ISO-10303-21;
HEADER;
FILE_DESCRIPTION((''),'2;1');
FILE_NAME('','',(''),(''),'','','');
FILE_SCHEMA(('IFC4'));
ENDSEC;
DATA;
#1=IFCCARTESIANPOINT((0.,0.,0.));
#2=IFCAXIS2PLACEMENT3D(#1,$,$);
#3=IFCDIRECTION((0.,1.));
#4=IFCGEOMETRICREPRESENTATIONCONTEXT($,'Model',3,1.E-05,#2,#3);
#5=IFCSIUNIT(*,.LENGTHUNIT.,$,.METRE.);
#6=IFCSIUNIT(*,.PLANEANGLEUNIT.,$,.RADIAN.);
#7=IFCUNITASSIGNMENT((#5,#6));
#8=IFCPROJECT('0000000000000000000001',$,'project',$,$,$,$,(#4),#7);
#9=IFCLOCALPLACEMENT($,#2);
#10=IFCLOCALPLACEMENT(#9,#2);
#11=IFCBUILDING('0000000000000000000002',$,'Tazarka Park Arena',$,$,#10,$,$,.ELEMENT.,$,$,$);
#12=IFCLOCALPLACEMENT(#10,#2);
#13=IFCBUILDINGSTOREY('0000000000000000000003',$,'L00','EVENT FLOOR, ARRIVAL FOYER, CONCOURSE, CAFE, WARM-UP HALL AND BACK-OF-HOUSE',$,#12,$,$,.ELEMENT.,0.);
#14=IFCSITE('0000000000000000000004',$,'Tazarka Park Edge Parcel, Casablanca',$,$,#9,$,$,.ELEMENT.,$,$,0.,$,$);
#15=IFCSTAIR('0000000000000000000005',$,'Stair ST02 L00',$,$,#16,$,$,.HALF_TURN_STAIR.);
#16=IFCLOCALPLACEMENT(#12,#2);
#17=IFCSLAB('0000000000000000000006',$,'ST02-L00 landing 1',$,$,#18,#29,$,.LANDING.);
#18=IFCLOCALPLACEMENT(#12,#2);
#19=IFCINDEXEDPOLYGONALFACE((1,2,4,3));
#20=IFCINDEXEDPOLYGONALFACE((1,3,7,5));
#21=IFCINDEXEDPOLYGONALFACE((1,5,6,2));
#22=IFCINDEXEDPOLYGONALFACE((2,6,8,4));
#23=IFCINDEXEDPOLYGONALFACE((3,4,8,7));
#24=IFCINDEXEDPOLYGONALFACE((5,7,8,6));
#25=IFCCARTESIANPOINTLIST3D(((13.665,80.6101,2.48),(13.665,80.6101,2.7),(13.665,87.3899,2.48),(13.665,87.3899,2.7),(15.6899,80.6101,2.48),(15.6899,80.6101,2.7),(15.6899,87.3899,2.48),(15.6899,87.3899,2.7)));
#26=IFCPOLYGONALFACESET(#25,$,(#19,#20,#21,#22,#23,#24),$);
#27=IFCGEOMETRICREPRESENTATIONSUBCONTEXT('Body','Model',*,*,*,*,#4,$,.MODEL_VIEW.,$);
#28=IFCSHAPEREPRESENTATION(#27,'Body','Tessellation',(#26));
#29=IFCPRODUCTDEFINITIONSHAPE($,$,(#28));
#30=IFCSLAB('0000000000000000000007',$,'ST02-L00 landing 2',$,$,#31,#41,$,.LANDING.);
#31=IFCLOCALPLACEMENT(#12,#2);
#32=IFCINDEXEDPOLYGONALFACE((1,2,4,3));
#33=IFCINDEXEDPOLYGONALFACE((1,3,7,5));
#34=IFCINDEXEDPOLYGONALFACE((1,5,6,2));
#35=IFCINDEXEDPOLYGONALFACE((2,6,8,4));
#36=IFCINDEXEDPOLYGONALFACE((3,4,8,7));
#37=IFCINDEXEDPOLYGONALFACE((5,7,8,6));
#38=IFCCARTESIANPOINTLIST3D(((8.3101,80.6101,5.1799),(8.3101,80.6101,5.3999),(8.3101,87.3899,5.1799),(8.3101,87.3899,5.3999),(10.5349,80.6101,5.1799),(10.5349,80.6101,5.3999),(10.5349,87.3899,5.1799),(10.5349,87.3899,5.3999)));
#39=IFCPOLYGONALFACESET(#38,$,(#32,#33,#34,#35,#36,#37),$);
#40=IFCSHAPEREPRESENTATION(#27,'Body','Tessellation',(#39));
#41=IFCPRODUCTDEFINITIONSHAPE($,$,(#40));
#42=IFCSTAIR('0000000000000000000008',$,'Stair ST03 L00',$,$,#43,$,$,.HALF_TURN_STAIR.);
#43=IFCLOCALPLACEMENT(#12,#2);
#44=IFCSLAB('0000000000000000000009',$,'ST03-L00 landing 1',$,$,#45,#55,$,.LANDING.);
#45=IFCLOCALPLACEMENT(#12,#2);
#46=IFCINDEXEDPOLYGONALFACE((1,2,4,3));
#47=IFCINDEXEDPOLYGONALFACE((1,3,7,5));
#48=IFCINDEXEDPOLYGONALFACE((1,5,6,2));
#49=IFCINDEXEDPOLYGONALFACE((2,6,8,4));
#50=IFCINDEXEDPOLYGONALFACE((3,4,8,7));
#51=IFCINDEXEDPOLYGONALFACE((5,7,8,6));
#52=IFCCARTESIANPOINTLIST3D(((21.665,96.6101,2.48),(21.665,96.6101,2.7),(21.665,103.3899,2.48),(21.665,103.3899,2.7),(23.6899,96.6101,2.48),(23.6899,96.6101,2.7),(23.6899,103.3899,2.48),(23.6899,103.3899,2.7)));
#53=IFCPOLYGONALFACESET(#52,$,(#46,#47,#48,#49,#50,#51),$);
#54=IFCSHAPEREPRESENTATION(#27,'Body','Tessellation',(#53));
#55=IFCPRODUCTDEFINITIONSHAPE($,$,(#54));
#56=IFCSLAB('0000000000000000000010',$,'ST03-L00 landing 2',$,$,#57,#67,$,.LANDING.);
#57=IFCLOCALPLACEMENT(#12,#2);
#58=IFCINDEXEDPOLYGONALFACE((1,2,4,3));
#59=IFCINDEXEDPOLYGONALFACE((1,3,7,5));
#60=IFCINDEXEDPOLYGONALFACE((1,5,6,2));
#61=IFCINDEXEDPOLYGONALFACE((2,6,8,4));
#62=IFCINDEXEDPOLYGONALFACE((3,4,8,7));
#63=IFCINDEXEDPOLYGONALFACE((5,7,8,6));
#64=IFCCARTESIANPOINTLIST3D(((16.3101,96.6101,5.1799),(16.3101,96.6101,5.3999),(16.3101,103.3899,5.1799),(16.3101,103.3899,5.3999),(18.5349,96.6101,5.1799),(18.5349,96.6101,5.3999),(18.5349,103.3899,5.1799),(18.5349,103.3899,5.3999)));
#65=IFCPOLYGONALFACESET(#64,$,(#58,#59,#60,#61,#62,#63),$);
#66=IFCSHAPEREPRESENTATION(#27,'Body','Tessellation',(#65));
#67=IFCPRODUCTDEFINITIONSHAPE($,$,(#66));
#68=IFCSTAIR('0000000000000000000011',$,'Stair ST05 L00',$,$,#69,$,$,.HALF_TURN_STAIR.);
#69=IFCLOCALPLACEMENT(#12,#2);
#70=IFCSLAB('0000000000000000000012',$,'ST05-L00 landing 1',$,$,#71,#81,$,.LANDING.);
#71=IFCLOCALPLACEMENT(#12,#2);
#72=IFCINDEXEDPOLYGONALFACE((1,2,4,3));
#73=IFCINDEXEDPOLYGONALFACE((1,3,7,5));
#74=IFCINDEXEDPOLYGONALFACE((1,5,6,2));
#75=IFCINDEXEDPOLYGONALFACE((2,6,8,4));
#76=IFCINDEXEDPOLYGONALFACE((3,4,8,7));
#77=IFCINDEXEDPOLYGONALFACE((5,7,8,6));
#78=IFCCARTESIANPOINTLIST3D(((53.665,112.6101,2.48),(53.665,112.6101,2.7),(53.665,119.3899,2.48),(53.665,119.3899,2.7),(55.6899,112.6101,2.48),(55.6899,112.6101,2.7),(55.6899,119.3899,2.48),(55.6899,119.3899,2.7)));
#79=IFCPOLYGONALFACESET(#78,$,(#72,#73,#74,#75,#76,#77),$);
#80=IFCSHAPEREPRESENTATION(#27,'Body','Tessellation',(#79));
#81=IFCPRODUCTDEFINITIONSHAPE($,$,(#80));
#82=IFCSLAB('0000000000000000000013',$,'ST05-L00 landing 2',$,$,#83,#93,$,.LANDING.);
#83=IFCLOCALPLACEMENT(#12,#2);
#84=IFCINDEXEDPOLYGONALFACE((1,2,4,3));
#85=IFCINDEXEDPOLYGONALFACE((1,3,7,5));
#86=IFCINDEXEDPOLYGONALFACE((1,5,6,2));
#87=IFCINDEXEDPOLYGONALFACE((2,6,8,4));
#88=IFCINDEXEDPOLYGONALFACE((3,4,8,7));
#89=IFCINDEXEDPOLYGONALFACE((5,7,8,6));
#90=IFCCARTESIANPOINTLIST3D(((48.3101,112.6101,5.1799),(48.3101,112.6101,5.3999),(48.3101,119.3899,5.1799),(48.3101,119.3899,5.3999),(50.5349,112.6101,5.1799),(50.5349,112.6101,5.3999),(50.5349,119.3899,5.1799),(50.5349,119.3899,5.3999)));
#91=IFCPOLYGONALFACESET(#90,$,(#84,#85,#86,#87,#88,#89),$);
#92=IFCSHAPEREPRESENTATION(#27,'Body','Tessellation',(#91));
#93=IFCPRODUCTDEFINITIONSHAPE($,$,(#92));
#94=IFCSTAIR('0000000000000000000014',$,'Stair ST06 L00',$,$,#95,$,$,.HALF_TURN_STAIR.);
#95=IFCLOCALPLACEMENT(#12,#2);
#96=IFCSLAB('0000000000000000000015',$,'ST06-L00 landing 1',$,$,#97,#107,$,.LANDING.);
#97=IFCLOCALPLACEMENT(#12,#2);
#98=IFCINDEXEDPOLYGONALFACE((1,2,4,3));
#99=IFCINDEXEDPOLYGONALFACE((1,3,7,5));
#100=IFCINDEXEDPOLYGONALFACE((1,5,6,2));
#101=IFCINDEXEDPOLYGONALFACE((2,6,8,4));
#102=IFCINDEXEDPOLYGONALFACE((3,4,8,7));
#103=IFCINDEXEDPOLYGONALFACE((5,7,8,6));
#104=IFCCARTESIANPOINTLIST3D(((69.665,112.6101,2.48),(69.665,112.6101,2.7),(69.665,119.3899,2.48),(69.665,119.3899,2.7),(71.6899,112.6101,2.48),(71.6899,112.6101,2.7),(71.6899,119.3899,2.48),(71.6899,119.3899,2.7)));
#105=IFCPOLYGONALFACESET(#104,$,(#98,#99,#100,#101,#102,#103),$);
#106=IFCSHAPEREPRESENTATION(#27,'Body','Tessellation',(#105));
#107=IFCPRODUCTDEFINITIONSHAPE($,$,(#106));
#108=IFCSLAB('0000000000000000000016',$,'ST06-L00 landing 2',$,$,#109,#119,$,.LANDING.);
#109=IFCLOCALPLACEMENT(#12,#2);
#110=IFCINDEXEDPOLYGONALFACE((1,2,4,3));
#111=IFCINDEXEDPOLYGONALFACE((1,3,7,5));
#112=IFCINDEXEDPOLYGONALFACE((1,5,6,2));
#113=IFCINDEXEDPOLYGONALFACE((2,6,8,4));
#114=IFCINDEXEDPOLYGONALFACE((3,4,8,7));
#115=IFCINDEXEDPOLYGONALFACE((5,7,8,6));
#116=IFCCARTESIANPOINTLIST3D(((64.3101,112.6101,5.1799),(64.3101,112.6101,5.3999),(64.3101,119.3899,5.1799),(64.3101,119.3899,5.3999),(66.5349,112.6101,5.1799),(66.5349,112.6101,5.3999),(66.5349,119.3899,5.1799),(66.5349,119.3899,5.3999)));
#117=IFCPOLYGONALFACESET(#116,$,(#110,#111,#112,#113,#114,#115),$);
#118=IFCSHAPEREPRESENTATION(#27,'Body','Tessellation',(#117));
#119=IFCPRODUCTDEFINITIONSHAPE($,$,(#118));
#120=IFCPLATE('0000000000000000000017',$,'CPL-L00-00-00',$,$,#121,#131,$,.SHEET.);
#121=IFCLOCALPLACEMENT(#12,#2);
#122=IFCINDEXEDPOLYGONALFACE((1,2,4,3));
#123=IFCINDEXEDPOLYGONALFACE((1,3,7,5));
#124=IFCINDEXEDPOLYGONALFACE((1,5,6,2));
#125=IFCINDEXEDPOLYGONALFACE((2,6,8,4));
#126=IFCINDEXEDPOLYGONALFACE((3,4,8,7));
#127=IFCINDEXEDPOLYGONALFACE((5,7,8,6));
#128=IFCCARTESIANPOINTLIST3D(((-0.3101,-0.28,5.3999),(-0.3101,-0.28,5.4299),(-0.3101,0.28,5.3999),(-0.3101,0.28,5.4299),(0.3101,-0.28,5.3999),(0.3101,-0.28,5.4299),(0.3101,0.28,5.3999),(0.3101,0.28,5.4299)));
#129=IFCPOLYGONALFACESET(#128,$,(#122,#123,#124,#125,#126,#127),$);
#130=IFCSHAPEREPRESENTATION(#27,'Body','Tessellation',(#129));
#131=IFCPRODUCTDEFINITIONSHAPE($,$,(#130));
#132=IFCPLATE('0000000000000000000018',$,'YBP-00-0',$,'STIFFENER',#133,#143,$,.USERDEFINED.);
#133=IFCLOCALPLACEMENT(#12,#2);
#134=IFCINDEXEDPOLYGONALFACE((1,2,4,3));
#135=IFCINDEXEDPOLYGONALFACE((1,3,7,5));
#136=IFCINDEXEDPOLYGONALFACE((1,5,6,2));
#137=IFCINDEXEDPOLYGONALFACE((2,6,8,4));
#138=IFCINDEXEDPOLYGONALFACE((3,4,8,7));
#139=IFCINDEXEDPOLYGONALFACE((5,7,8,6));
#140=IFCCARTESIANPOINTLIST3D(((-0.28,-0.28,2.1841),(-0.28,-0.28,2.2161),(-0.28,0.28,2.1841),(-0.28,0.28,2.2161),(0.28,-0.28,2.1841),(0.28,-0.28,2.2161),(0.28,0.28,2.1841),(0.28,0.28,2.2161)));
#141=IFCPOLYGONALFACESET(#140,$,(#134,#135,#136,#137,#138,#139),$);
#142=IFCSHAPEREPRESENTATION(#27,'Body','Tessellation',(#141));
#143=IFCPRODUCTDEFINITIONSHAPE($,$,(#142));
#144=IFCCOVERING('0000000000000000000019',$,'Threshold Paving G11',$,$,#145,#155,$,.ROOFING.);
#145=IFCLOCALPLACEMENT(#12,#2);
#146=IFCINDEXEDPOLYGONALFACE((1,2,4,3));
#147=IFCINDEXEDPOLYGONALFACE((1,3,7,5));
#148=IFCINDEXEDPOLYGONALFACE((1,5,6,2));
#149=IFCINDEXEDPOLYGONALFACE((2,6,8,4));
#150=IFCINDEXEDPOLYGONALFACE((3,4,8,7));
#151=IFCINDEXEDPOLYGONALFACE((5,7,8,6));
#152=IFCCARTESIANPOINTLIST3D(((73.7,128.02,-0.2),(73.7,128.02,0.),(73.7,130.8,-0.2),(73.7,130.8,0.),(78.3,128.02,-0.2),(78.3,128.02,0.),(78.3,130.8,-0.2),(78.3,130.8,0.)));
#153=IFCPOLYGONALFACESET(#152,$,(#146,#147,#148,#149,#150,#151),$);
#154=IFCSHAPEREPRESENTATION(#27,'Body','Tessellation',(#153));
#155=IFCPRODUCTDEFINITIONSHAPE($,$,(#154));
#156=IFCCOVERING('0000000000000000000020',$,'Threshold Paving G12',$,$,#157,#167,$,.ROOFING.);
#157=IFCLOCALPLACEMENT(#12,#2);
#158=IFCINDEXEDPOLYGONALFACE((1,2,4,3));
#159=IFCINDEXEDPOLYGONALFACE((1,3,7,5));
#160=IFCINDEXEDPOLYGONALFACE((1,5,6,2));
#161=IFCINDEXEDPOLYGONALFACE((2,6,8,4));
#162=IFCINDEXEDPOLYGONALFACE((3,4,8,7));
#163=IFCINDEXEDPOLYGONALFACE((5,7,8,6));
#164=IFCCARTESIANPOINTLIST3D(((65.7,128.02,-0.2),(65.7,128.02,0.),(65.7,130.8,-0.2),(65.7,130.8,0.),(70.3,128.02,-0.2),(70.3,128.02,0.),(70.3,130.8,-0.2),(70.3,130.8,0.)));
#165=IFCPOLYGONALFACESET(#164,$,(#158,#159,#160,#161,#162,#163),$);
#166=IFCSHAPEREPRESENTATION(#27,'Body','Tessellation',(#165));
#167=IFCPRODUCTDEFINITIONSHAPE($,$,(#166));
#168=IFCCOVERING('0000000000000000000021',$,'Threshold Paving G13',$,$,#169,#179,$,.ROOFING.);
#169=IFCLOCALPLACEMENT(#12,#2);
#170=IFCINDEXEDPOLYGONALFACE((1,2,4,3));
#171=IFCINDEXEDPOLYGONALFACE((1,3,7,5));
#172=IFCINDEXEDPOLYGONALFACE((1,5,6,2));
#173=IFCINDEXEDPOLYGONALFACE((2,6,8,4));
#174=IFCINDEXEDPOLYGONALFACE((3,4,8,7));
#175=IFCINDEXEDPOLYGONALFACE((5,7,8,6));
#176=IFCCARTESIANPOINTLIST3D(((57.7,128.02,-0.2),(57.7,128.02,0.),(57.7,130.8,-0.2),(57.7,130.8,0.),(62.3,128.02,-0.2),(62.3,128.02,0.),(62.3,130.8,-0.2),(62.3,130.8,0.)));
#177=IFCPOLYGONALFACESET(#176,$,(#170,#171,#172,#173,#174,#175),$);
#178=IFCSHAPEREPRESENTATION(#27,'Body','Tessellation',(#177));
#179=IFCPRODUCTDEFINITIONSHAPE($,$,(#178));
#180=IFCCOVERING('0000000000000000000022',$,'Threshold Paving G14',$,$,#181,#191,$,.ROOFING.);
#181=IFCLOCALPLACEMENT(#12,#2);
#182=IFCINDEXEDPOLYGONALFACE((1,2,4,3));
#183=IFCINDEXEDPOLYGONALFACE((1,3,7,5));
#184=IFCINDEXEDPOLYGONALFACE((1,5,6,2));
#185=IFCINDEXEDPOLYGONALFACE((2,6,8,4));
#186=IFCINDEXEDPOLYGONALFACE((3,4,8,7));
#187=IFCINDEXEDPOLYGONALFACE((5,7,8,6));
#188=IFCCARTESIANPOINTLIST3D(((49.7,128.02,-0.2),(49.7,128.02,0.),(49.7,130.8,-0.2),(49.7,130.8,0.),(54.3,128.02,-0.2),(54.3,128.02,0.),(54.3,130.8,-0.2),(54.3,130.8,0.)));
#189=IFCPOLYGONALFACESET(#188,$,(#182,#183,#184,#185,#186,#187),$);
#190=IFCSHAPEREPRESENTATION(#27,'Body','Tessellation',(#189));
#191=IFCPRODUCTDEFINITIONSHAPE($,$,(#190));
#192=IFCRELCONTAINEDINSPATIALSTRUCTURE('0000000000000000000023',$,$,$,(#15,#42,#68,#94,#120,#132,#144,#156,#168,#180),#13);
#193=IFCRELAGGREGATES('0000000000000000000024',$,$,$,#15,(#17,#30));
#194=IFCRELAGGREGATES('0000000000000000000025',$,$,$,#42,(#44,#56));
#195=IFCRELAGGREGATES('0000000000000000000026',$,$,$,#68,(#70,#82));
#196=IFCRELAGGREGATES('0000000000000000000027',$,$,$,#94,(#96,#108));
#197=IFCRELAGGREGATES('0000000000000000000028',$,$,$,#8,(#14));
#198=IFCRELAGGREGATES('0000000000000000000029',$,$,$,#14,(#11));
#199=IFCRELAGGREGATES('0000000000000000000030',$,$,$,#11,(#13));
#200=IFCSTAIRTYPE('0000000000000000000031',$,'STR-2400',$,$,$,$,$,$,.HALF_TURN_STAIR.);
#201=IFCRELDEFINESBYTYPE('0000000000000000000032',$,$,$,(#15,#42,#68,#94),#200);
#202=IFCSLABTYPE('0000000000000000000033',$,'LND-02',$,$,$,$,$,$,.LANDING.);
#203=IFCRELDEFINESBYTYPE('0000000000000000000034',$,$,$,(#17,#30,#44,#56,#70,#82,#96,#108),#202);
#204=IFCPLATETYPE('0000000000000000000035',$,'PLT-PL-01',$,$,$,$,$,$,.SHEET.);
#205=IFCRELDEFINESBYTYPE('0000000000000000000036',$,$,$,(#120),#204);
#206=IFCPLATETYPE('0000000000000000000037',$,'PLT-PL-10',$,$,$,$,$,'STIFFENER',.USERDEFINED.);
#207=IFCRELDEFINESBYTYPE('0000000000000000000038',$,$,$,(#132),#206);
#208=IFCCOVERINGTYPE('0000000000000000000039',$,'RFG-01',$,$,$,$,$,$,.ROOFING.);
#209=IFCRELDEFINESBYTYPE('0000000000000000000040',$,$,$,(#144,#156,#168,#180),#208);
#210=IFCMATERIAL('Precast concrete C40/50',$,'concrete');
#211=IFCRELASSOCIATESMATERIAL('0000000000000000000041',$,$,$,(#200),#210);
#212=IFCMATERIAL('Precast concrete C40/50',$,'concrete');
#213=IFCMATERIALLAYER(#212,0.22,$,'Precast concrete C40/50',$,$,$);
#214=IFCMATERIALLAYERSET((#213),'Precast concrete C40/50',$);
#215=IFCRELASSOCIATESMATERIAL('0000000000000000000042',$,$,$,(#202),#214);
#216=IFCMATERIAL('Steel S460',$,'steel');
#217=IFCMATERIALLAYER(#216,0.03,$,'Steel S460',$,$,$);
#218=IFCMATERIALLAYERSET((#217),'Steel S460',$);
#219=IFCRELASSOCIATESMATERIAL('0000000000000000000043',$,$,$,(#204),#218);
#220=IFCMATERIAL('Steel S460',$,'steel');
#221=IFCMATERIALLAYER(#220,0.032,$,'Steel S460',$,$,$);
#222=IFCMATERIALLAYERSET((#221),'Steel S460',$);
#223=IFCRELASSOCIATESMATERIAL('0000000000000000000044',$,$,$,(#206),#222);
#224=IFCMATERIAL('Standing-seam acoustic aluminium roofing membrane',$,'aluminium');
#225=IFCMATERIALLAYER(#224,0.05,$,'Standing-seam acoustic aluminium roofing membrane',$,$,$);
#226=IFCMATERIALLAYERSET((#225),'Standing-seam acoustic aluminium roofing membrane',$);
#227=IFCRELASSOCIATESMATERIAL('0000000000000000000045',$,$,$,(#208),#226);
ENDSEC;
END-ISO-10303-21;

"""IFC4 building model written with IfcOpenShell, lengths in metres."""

from ifc_helpers import new_model, si_unit, direction, frame, origin, origin_2d, place, context, subcontext, project, spatial, polyline, rectangle, outline, extrude, material, layer, layer_set, type_object, element, aggregate, save


model = new_model("IFC4")

# Units and contexts
model_context = context("Model", 3, precision=1e-05, world=origin(), true_north=direction((0.0, 1.0)))
body_context = subcontext(model_context, "Body", "Model", "MODEL_VIEW")
ifc_project = project(units=[si_unit("LENGTHUNIT", "METRE"), si_unit("PLANEANGLEUNIT", "RADIAN")], contexts=[model_context])

# Site, building, storey
site_placement = place(None, origin())
site = spatial("IfcSite", under=ifc_project, at=site_placement, Name="Tazarka Park Edge Parcel, Casablanca", CompositionType="ELEMENT", RefElevation=0.0)
building_placement = place(site_placement, origin())
building = spatial("IfcBuilding", under=site, at=building_placement, Name="Tazarka Park Arena", CompositionType="ELEMENT")
storey_placement = place(building_placement, origin())
storey = spatial("IfcBuildingStorey", under=building, at=storey_placement, Name="L00", Description="EVENT FLOOR, ARRIVAL FOYER, CONCOURSE, CAFE, WARM-UP HALL AND BACK-OF-HOUSE", CompositionType="ELEMENT", Elevation=0.0)

# Stairs, slabs
ifc_material_1 = material(Name="Precast concrete C40/50", Category="concrete")
stair_type = type_object("IfcStairType", Name="STR-2400", PredefinedType="HALF_TURN_STAIR", material=ifc_material_1)
ifc_material_2 = material(Name="Precast concrete C40/50", Category="concrete")
ifc_layer_1 = layer(ifc_material_2, 0.22, Name="Precast concrete C40/50")
ifc_layer_set_1 = layer_set([ifc_layer_1], Name="Precast concrete C40/50")
slab_type = type_object("IfcSlabType", Name="LND-02", PredefinedType="LANDING", material=ifc_layer_set_1)
stair_1_placement = place(storey_placement, origin())
stair_1 = element("IfcStair", 1, at=stair_1_placement, inside=storey, type_object=stair_type, Name="Stair ST02 L00", PredefinedType="HALF_TURN_STAIR")
slab_1_placement = place(storey_placement, frame((0.0, 0.0, 2.48)))
slab_1 = element("IfcSlab", 2, at=slab_1_placement, type_object=slab_type, Name="ST02-L00 landing 1", PredefinedType="LANDING", context=body_context, shape_type="SweptSolid", body=[
    extrude(outline(polyline([(13.665, 80.6101), (15.6899, 80.6101), (15.6899, 87.3899), (13.665, 87.3899), (13.665, 80.6101)])), origin(), (0.0, 0.0, 1.0), 0.22),
])
slab_2_placement = place(storey_placement, frame((0.0, 0.0, 5.1799)))
slab_2 = element("IfcSlab", 3, at=slab_2_placement, type_object=slab_type, Name="ST02-L00 landing 2", PredefinedType="LANDING", context=body_context, shape_type="SweptSolid", body=[
    extrude(outline(polyline([(8.3101, 80.6101), (10.5349, 80.6101), (10.5349, 87.3899), (8.3101, 87.3899), (8.3101, 80.6101)])), origin(), (0.0, 0.0, 1.0), 0.22),
])
aggregate(stair_1, [slab_1, slab_2])
stair_2_placement = place(storey_placement, origin())
stair_2 = element("IfcStair", 4, at=stair_2_placement, inside=storey, type_object=stair_type, Name="Stair ST03 L00", PredefinedType="HALF_TURN_STAIR")
slab_3_placement = place(storey_placement, frame((0.0, 0.0, 2.48)))
slab_3 = element("IfcSlab", 5, at=slab_3_placement, type_object=slab_type, Name="ST03-L00 landing 1", PredefinedType="LANDING", context=body_context, shape_type="SweptSolid", body=[
    extrude(outline(polyline([(21.665, 96.6101), (23.6899, 96.6101), (23.6899, 103.3899), (21.665, 103.3899), (21.665, 96.6101)])), origin(), (0.0, 0.0, 1.0), 0.22),
])
slab_4_placement = place(storey_placement, frame((0.0, 0.0, 5.1799)))
slab_4 = element("IfcSlab", 6, at=slab_4_placement, type_object=slab_type, Name="ST03-L00 landing 2", PredefinedType="LANDING", context=body_context, shape_type="SweptSolid", body=[
    extrude(outline(polyline([(16.3101, 96.6101), (18.5349, 96.6101), (18.5349, 103.3899), (16.3101, 103.3899), (16.3101, 96.6101)])), origin(), (0.0, 0.0, 1.0), 0.22),
])
aggregate(stair_2, [slab_3, slab_4])
stair_3_placement = place(storey_placement, origin())
stair_3 = element("IfcStair", 7, at=stair_3_placement, inside=storey, type_object=stair_type, Name="Stair ST05 L00", PredefinedType="HALF_TURN_STAIR")
slab_5_placement = place(storey_placement, frame((0.0, 0.0, 2.48)))
slab_5 = element("IfcSlab", 8, at=slab_5_placement, type_object=slab_type, Name="ST05-L00 landing 1", PredefinedType="LANDING", context=body_context, shape_type="SweptSolid", body=[
    extrude(outline(polyline([(53.665, 112.6101), (55.6899, 112.6101), (55.6899, 119.3899), (53.665, 119.3899), (53.665, 112.6101)])), origin(), (0.0, 0.0, 1.0), 0.22),
])
slab_6_placement = place(storey_placement, frame((0.0, 0.0, 5.1799)))
slab_6 = element("IfcSlab", 9, at=slab_6_placement, type_object=slab_type, Name="ST05-L00 landing 2", PredefinedType="LANDING", context=body_context, shape_type="SweptSolid", body=[
    extrude(outline(polyline([(48.3101, 112.6101), (50.5349, 112.6101), (50.5349, 119.3899), (48.3101, 119.3899), (48.3101, 112.6101)])), origin(), (0.0, 0.0, 1.0), 0.22),
])
aggregate(stair_3, [slab_5, slab_6])
stair_4_placement = place(storey_placement, origin())
stair_4 = element("IfcStair", 10, at=stair_4_placement, inside=storey, type_object=stair_type, Name="Stair ST06 L00", PredefinedType="HALF_TURN_STAIR")
slab_7_placement = place(storey_placement, frame((0.0, 0.0, 2.48)))
slab_7 = element("IfcSlab", 11, at=slab_7_placement, type_object=slab_type, Name="ST06-L00 landing 1", PredefinedType="LANDING", context=body_context, shape_type="SweptSolid", body=[
    extrude(outline(polyline([(69.665, 112.6101), (71.6899, 112.6101), (71.6899, 119.3899), (69.665, 119.3899), (69.665, 112.6101)])), origin(), (0.0, 0.0, 1.0), 0.22),
])
slab_8_placement = place(storey_placement, frame((0.0, 0.0, 5.1799)))
slab_8 = element("IfcSlab", 12, at=slab_8_placement, type_object=slab_type, Name="ST06-L00 landing 2", PredefinedType="LANDING", context=body_context, shape_type="SweptSolid", body=[
    extrude(outline(polyline([(64.3101, 112.6101), (66.5349, 112.6101), (66.5349, 119.3899), (64.3101, 119.3899), (64.3101, 112.6101)])), origin(), (0.0, 0.0, 1.0), 0.22),
])
aggregate(stair_4, [slab_7, slab_8])

# Plates
ifc_material_3 = material(Name="Steel S460", Category="steel")
ifc_layer_2 = layer(ifc_material_3, 0.03, Name="Steel S460")
ifc_layer_set_2 = layer_set([ifc_layer_2], Name="Steel S460")
plate_type_1 = type_object("IfcPlateType", Name="PLT-PL-01", PredefinedType="SHEET", material=ifc_layer_set_2)
plate_1_placement = place(storey_placement, frame((0.0, 0.0, 5.3999), z_axis=(0.0, 0.0, 1.0), x_axis=(1.0, 0.0, 0.0)))
element("IfcPlate", 13, at=plate_1_placement, inside=storey, type_object=plate_type_1, Name="CPL-L00-00-00", PredefinedType="SHEET", context=body_context, shape_type="SweptSolid", body=[
    extrude(rectangle(XDim=0.6201, YDim=0.5601, at=origin_2d()), origin(), (0.0, 0.0, 1.0), 0.03),
])
ifc_material_4 = material(Name="Steel S460", Category="steel")
ifc_layer_3 = layer(ifc_material_4, 0.032, Name="Steel S460")
ifc_layer_set_3 = layer_set([ifc_layer_3], Name="Steel S460")
plate_type_2 = type_object("IfcPlateType", Name="PLT-PL-10", ElementType="STIFFENER", PredefinedType="USERDEFINED", material=ifc_layer_set_3)
plate_2_placement = place(storey_placement, frame((0.0, 0.0, 2.1841), z_axis=(0.0, 0.0, 1.0), x_axis=(1.0, 0.0, 0.0)))
element("IfcPlate", 14, at=plate_2_placement, inside=storey, type_object=plate_type_2, Name="YBP-00-0", ObjectType="STIFFENER", PredefinedType="USERDEFINED", context=body_context, shape_type="SweptSolid", body=[
    extrude(rectangle(XDim=0.5601, YDim=0.5601, at=origin_2d()), origin(), (0.0, 0.0, 1.0), 0.032),
])

# Coverings
ifc_material_5 = material(Name="Standing-seam acoustic aluminium roofing membrane", Category="aluminium")
ifc_layer_4 = layer(ifc_material_5, 0.05, Name="Standing-seam acoustic aluminium roofing membrane")
ifc_layer_set_4 = layer_set([ifc_layer_4], Name="Standing-seam acoustic aluminium roofing membrane")
covering_type = type_object("IfcCoveringType", Name="RFG-01", PredefinedType="ROOFING", material=ifc_layer_set_4)
covering_1_placement = place(storey_placement, frame((0.0, 0.0, -0.2)))
element("IfcCovering", 15, at=covering_1_placement, inside=storey, type_object=covering_type, Name="Threshold Paving G11", PredefinedType="ROOFING", context=body_context, shape_type="SweptSolid", body=[
    extrude(outline(polyline([(73.7, 130.8), (78.3, 130.8), (78.3, 128.02), (73.7, 128.02), (73.7, 130.8)])), origin(), (0.0, 0.0, 1.0), 0.2),
])
covering_2_placement = place(storey_placement, frame((0.0, 0.0, -0.2)))
element("IfcCovering", 16, at=covering_2_placement, inside=storey, type_object=covering_type, Name="Threshold Paving G12", PredefinedType="ROOFING", context=body_context, shape_type="SweptSolid", body=[
    extrude(outline(polyline([(65.7, 130.8), (70.3, 130.8), (70.3, 128.02), (65.7, 128.02), (65.7, 130.8)])), origin(), (0.0, 0.0, 1.0), 0.2),
])
covering_3_placement = place(storey_placement, frame((0.0, 0.0, -0.2)))
element("IfcCovering", 17, at=covering_3_placement, inside=storey, type_object=covering_type, Name="Threshold Paving G13", PredefinedType="ROOFING", context=body_context, shape_type="SweptSolid", body=[
    extrude(outline(polyline([(57.7, 130.8), (62.3, 130.8), (62.3, 128.02), (57.7, 128.02), (57.7, 130.8)])), origin(), (0.0, 0.0, 1.0), 0.2),
])
covering_4_placement = place(storey_placement, frame((0.0, 0.0, -0.2)))
element("IfcCovering", 18, at=covering_4_placement, inside=storey, type_object=covering_type, Name="Threshold Paving G14", PredefinedType="ROOFING", context=body_context, shape_type="SweptSolid", body=[
    extrude(outline(polyline([(49.7, 130.8), (54.3, 130.8), (54.3, 128.02), (49.7, 128.02), (49.7, 130.8)])), origin(), (0.0, 0.0, 1.0), 0.2),
])

save(model, "model.ifc")
